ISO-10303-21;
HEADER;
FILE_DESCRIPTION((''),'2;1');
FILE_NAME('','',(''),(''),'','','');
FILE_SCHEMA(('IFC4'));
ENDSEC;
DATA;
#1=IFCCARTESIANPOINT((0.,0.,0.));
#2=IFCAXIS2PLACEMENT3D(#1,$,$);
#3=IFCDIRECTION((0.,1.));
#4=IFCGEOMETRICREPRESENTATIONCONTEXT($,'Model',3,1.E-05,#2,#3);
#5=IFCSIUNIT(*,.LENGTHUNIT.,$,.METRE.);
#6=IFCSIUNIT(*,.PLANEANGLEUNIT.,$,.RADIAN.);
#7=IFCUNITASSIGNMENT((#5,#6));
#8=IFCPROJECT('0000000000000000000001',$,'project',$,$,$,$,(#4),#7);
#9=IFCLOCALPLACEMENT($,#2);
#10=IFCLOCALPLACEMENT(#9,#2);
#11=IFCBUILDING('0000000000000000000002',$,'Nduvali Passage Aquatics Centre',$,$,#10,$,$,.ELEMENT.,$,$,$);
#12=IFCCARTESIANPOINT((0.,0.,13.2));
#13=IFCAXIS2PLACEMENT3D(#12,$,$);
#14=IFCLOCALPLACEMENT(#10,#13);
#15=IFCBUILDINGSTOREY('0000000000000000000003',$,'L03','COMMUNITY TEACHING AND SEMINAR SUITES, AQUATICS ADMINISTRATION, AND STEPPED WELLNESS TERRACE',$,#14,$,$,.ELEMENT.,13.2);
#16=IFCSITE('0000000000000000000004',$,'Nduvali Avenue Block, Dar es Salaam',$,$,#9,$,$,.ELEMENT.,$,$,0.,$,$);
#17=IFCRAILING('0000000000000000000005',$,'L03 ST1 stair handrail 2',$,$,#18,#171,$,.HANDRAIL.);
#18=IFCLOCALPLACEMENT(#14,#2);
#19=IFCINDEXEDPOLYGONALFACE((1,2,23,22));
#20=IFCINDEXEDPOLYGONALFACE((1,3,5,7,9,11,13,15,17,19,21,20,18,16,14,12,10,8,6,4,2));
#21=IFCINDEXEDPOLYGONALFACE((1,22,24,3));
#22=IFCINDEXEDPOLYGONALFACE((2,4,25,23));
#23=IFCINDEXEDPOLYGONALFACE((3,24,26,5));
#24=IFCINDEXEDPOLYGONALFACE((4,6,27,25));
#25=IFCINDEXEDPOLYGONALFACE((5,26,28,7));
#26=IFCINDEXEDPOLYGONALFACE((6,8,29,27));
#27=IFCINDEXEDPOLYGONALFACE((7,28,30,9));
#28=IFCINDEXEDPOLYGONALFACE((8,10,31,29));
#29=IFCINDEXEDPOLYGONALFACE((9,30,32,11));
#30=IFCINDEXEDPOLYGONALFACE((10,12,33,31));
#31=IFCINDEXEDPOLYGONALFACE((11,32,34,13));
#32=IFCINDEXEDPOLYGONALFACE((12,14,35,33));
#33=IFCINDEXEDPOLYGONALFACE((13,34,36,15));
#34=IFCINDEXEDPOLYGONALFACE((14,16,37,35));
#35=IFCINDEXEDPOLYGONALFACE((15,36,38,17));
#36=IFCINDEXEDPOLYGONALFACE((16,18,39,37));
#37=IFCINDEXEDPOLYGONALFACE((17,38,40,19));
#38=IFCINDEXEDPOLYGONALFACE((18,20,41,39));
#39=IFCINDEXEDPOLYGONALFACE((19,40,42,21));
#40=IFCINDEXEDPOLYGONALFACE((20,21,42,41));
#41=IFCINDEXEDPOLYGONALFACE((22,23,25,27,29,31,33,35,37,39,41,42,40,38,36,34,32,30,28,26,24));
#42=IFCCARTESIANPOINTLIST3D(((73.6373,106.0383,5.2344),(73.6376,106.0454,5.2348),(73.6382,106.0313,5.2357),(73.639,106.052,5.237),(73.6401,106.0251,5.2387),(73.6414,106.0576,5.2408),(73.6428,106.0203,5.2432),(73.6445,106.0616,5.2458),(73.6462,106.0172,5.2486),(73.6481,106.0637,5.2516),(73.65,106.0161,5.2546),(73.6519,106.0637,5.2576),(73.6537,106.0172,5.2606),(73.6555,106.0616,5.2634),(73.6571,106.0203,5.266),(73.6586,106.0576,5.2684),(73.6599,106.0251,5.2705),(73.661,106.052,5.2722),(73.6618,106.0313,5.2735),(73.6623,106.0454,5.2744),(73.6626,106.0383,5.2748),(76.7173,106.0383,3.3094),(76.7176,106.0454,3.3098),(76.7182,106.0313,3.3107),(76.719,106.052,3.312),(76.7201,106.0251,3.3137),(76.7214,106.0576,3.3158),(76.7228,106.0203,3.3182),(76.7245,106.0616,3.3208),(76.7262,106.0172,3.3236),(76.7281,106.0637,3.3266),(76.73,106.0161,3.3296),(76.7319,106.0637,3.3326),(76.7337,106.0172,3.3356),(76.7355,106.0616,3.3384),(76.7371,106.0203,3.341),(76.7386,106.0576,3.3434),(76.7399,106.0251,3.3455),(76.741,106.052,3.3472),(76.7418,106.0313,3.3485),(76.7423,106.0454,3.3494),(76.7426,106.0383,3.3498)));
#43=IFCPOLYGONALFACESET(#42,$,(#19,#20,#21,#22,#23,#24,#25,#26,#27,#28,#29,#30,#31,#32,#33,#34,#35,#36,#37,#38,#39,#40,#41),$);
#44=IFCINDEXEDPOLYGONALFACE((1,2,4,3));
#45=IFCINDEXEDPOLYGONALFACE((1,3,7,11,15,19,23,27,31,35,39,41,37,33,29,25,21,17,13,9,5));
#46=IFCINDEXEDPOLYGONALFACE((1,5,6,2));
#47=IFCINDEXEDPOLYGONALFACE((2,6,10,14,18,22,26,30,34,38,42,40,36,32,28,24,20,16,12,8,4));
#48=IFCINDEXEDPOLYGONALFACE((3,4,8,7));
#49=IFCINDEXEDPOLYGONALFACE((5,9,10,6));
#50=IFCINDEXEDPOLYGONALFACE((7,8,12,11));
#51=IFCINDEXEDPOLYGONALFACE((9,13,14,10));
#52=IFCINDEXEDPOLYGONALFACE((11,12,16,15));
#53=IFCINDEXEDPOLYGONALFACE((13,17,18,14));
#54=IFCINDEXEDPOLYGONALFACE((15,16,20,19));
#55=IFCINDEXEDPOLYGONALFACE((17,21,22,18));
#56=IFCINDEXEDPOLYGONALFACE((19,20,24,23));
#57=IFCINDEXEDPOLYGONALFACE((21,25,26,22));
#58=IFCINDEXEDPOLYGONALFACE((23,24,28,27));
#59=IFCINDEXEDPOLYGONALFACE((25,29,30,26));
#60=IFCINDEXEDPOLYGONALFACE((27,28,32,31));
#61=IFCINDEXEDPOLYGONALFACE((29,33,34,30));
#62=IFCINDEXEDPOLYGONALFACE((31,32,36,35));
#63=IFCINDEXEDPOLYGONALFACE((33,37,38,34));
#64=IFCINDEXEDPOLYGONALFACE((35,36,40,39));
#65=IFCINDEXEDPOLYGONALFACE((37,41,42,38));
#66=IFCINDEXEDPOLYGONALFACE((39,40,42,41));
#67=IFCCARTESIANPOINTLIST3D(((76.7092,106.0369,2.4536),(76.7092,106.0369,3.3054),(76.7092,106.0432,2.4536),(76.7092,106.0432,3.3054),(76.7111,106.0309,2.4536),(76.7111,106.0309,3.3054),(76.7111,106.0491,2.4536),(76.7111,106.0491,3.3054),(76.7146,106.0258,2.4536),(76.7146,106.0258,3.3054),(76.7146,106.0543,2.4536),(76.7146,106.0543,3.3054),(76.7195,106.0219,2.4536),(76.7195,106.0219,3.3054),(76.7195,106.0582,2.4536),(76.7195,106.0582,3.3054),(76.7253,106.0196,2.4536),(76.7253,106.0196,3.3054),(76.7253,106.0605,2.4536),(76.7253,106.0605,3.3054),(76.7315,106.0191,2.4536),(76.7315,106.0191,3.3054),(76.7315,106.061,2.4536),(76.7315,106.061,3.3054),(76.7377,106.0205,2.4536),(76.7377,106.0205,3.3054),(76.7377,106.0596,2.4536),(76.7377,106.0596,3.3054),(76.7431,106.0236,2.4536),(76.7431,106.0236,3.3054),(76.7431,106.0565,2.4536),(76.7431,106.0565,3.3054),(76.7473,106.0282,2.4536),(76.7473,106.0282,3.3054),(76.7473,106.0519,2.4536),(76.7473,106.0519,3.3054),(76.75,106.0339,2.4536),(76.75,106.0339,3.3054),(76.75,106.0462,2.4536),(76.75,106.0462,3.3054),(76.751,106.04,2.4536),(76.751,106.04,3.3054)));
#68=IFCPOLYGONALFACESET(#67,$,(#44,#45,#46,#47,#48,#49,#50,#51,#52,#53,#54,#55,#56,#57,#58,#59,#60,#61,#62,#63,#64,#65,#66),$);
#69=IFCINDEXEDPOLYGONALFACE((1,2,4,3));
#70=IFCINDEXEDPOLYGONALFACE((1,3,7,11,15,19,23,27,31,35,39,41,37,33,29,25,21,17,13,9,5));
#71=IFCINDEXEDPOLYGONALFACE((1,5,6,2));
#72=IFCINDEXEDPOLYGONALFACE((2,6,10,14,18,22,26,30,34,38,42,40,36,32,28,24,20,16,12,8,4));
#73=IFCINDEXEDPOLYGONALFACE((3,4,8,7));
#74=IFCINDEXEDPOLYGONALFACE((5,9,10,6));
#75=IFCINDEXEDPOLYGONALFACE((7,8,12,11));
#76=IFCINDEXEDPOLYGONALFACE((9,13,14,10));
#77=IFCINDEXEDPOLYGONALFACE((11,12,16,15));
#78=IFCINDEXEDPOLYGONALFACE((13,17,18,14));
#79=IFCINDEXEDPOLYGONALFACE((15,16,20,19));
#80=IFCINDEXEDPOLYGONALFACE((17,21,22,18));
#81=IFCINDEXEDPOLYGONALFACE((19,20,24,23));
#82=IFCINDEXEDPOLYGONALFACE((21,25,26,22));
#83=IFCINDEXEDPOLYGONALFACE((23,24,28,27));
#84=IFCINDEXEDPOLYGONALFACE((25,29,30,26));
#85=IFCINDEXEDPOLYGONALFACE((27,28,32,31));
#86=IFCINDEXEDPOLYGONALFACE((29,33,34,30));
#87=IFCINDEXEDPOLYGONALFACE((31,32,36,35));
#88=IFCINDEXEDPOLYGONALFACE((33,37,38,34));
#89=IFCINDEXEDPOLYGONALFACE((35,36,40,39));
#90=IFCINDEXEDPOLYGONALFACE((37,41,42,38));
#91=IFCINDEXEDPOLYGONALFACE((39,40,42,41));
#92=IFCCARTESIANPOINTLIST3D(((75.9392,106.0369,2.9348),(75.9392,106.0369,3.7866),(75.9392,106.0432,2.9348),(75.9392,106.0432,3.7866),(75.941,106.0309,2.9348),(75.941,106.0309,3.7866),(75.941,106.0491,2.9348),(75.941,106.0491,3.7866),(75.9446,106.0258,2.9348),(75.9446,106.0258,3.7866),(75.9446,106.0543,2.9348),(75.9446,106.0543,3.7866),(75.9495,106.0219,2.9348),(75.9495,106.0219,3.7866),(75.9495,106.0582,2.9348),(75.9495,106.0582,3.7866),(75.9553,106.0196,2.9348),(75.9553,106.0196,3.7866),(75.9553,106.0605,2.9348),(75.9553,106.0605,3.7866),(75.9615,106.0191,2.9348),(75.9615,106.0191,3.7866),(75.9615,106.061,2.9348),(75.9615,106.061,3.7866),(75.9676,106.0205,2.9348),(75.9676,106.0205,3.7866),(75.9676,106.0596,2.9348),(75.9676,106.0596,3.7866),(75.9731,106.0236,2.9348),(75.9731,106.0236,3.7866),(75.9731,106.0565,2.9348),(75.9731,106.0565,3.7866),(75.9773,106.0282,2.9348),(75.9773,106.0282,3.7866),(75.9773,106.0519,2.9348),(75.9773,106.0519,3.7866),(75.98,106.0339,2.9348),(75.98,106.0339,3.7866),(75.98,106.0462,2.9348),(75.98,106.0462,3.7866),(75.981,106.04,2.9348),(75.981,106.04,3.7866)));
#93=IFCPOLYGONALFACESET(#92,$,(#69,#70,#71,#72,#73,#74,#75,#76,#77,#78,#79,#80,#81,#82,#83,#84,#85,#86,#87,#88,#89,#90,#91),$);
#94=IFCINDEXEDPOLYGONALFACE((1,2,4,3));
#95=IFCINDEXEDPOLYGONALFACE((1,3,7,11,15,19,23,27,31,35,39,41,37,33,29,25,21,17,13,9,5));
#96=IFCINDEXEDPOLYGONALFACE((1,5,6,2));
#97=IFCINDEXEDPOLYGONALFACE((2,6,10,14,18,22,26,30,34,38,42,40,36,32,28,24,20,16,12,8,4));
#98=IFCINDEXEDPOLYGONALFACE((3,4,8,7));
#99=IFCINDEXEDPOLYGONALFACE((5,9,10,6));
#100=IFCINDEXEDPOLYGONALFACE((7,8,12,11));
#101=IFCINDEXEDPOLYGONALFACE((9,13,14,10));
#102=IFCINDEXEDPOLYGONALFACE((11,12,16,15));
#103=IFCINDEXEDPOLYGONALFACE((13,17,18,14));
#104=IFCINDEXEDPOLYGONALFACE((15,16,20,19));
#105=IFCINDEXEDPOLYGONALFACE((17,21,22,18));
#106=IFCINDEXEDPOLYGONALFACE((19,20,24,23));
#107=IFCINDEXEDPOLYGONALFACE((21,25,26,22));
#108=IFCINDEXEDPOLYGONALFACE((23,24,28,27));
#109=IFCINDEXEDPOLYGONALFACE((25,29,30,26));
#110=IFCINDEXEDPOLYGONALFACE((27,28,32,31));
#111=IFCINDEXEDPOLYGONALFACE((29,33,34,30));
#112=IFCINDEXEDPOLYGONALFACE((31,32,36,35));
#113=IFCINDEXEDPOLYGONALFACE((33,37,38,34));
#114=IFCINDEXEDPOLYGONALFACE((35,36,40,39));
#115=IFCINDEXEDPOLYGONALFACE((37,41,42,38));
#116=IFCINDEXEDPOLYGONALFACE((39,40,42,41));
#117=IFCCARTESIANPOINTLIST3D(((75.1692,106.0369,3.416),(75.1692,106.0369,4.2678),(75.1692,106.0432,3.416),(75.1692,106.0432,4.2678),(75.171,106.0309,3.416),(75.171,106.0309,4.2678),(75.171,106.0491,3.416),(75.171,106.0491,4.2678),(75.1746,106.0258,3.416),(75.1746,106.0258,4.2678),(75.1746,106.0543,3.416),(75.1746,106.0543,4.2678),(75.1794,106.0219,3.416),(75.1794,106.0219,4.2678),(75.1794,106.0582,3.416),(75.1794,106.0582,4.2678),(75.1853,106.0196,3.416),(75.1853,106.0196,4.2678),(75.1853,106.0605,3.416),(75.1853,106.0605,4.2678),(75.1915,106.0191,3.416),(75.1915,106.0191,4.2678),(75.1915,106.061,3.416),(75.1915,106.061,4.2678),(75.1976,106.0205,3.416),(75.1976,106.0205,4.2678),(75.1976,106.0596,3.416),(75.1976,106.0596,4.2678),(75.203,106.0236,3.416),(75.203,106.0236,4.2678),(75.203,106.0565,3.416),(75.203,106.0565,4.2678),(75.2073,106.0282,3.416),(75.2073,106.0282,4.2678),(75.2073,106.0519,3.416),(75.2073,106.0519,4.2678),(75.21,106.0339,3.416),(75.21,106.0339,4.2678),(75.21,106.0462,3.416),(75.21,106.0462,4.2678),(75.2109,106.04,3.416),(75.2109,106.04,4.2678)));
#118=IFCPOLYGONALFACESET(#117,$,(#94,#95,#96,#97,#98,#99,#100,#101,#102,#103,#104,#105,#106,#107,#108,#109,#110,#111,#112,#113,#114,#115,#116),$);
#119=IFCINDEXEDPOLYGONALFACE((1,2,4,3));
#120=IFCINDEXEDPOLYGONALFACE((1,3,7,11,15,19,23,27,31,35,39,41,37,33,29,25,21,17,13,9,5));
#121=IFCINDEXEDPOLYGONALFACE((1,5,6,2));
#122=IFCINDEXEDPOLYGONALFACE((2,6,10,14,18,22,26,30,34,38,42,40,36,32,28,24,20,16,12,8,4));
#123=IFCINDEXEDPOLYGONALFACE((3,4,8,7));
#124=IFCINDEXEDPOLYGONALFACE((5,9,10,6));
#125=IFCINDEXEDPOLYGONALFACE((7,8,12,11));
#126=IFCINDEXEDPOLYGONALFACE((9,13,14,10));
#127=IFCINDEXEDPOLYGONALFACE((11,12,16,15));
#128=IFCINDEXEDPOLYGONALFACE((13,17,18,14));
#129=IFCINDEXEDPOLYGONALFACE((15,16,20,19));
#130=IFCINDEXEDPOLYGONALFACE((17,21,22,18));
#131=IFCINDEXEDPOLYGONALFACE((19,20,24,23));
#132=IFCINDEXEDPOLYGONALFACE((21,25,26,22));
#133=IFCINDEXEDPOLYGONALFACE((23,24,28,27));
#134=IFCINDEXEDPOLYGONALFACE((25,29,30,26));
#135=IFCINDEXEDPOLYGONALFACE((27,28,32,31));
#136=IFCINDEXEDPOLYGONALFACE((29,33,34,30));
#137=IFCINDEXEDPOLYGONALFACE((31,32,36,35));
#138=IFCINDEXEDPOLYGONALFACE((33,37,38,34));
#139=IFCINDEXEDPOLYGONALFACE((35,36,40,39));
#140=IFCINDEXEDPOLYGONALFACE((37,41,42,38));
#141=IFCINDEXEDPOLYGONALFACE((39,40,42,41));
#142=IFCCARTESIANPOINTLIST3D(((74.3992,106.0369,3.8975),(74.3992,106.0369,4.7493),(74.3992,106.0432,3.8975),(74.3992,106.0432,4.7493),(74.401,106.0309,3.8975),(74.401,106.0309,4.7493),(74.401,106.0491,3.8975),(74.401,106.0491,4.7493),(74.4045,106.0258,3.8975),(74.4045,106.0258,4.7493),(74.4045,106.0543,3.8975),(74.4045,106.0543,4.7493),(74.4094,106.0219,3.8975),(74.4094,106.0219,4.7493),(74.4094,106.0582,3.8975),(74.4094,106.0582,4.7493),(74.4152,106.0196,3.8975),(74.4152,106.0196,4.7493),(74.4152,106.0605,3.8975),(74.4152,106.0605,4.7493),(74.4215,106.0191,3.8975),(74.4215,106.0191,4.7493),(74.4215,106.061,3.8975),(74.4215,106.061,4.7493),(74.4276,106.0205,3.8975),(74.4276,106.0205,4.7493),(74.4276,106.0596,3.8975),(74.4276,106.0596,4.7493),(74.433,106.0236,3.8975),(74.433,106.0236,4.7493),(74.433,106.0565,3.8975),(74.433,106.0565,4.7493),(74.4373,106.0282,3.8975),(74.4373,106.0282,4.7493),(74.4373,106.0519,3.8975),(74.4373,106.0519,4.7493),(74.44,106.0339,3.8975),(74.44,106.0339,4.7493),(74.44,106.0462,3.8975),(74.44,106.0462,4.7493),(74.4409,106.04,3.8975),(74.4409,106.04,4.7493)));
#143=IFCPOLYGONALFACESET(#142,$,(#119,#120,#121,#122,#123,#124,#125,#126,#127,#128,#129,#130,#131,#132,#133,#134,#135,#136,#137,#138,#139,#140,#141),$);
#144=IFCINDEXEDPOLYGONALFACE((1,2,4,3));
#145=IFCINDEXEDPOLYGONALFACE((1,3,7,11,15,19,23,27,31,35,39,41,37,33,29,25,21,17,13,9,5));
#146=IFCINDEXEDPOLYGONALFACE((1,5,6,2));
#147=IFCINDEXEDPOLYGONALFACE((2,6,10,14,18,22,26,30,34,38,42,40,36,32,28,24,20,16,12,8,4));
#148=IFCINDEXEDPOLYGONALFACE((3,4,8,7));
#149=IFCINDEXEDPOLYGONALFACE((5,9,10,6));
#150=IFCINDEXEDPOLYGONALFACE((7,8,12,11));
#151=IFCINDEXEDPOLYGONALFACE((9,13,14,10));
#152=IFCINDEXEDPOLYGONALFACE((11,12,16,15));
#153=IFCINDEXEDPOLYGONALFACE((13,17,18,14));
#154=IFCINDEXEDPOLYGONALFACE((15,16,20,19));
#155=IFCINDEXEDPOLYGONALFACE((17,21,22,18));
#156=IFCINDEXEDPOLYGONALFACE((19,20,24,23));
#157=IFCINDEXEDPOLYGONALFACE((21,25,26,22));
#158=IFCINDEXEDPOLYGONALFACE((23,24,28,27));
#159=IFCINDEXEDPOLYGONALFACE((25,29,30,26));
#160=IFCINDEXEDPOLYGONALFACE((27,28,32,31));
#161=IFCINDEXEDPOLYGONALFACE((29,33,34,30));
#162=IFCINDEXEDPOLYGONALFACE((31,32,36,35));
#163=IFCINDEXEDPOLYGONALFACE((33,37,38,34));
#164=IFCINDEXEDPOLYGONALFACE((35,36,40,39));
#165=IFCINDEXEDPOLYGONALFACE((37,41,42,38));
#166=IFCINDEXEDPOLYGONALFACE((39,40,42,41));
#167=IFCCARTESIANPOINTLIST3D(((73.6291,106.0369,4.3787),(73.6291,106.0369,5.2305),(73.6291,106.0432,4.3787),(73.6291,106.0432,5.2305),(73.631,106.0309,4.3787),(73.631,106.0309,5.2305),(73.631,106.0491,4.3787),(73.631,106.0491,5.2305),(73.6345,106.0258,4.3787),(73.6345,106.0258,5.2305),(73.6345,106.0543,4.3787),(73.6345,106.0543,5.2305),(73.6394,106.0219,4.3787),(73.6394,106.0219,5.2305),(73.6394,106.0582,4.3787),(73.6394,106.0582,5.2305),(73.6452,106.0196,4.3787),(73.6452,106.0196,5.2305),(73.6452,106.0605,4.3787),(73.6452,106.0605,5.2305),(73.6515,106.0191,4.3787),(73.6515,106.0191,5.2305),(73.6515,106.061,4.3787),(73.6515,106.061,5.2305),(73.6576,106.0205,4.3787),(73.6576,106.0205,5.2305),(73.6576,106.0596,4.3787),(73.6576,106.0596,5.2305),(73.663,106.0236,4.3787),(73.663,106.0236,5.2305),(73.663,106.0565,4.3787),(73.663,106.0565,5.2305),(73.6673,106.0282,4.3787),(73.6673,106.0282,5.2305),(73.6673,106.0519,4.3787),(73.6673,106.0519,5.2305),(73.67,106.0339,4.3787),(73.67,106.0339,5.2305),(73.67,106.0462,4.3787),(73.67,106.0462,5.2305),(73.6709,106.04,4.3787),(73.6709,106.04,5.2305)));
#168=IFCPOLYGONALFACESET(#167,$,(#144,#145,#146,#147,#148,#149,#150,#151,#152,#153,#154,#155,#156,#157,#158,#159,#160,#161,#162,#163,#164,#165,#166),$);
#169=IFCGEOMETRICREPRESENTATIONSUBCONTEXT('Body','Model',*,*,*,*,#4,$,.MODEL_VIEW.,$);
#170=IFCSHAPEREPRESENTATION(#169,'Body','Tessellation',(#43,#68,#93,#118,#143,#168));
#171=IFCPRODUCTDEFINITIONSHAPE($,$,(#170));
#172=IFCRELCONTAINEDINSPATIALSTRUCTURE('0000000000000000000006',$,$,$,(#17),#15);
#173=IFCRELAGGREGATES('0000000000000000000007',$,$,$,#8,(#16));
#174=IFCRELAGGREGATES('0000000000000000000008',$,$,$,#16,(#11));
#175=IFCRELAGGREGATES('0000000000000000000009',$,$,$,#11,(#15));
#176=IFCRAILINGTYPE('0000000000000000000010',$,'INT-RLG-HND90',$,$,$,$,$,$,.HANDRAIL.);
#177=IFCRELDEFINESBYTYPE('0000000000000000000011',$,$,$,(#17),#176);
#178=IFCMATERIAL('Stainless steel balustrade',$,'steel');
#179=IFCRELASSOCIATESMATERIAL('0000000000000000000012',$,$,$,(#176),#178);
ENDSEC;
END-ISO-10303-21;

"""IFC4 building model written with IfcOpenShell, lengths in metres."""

from ifc_helpers import new_model, si_unit, direction, frame, origin, origin_2d, place, context, subcontext, project, spatial, circle, extrude, material, type_object, element, save


model = new_model("IFC4")

# Units and contexts
model_context = context("Model", 3, precision=1e-05, world=origin(), true_north=direction((0.0, 1.0)))
body_context = subcontext(model_context, "Body", "Model", "MODEL_VIEW")
ifc_project = project(units=[si_unit("LENGTHUNIT", "METRE"), si_unit("PLANEANGLEUNIT", "RADIAN")], contexts=[model_context])

# Site, building, storey
site_placement = place(None, origin())
site = spatial("IfcSite", under=ifc_project, at=site_placement, Name="Nduvali Avenue Block, Dar es Salaam", CompositionType="ELEMENT", RefElevation=0.0)
building_placement = place(site_placement, origin())
building = spatial("IfcBuilding", under=site, at=building_placement, Name="Nduvali Passage Aquatics Centre", CompositionType="ELEMENT")
storey_placement = place(building_placement, frame((0.0, 0.0, 13.2)))
storey = spatial("IfcBuildingStorey", under=building, at=storey_placement, Name="L03", Description="COMMUNITY TEACHING AND SEMINAR SUITES, AQUATICS ADMINISTRATION, AND STEPPED WELLNESS TERRACE", CompositionType="ELEMENT", Elevation=13.2)

# Railing
ifc_material_1 = material(Name="Stainless steel balustrade", Category="steel")
railing_type_1 = type_object("IfcRailingType", Name="INT-RLG-HND90", PredefinedType="HANDRAIL", material=ifc_material_1)
railing_1_placement = place(storey_placement, frame((76.73, 106.04, 2.4536)))
element("IfcRailing", 1, at=railing_1_placement, inside=storey, type_object=railing_type_1, Name="L03 ST1 stair handrail 2", PredefinedType="HANDRAIL", context=body_context, shape_type="SweptSolid", body=[
    extrude(circle(Radius=0.0239, at=origin_2d()), frame((0.0, 0.0, 0.876), z_axis=(-0.847998, 0.0, 0.529999), x_axis=(0.0, -1.0, 0.0)), (0.0, 0.0, 1.0), 3.6321),
    extrude(circle(Radius=0.021, at=origin_2d()), origin(), (0.0, 0.0, 1.0), 0.8518),
    extrude(circle(Radius=0.021, at=origin_2d()), frame((-0.77, 0.0, 0.4812)), (0.0, 0.0, 1.0), 0.8518),
    extrude(circle(Radius=0.021, at=origin_2d()), frame((-1.54, 0.0, 0.9624)), (0.0, 0.0, 1.0), 0.8518),
    extrude(circle(Radius=0.021, at=origin_2d()), frame((-2.3101, 0.0, 1.4438)), (0.0, 0.0, 1.0), 0.8518),
    extrude(circle(Radius=0.021, at=origin_2d()), frame((-3.0801, 0.0, 1.925)), (0.0, 0.0, 1.0), 0.8518),
])

save(model, "model.ifc")
